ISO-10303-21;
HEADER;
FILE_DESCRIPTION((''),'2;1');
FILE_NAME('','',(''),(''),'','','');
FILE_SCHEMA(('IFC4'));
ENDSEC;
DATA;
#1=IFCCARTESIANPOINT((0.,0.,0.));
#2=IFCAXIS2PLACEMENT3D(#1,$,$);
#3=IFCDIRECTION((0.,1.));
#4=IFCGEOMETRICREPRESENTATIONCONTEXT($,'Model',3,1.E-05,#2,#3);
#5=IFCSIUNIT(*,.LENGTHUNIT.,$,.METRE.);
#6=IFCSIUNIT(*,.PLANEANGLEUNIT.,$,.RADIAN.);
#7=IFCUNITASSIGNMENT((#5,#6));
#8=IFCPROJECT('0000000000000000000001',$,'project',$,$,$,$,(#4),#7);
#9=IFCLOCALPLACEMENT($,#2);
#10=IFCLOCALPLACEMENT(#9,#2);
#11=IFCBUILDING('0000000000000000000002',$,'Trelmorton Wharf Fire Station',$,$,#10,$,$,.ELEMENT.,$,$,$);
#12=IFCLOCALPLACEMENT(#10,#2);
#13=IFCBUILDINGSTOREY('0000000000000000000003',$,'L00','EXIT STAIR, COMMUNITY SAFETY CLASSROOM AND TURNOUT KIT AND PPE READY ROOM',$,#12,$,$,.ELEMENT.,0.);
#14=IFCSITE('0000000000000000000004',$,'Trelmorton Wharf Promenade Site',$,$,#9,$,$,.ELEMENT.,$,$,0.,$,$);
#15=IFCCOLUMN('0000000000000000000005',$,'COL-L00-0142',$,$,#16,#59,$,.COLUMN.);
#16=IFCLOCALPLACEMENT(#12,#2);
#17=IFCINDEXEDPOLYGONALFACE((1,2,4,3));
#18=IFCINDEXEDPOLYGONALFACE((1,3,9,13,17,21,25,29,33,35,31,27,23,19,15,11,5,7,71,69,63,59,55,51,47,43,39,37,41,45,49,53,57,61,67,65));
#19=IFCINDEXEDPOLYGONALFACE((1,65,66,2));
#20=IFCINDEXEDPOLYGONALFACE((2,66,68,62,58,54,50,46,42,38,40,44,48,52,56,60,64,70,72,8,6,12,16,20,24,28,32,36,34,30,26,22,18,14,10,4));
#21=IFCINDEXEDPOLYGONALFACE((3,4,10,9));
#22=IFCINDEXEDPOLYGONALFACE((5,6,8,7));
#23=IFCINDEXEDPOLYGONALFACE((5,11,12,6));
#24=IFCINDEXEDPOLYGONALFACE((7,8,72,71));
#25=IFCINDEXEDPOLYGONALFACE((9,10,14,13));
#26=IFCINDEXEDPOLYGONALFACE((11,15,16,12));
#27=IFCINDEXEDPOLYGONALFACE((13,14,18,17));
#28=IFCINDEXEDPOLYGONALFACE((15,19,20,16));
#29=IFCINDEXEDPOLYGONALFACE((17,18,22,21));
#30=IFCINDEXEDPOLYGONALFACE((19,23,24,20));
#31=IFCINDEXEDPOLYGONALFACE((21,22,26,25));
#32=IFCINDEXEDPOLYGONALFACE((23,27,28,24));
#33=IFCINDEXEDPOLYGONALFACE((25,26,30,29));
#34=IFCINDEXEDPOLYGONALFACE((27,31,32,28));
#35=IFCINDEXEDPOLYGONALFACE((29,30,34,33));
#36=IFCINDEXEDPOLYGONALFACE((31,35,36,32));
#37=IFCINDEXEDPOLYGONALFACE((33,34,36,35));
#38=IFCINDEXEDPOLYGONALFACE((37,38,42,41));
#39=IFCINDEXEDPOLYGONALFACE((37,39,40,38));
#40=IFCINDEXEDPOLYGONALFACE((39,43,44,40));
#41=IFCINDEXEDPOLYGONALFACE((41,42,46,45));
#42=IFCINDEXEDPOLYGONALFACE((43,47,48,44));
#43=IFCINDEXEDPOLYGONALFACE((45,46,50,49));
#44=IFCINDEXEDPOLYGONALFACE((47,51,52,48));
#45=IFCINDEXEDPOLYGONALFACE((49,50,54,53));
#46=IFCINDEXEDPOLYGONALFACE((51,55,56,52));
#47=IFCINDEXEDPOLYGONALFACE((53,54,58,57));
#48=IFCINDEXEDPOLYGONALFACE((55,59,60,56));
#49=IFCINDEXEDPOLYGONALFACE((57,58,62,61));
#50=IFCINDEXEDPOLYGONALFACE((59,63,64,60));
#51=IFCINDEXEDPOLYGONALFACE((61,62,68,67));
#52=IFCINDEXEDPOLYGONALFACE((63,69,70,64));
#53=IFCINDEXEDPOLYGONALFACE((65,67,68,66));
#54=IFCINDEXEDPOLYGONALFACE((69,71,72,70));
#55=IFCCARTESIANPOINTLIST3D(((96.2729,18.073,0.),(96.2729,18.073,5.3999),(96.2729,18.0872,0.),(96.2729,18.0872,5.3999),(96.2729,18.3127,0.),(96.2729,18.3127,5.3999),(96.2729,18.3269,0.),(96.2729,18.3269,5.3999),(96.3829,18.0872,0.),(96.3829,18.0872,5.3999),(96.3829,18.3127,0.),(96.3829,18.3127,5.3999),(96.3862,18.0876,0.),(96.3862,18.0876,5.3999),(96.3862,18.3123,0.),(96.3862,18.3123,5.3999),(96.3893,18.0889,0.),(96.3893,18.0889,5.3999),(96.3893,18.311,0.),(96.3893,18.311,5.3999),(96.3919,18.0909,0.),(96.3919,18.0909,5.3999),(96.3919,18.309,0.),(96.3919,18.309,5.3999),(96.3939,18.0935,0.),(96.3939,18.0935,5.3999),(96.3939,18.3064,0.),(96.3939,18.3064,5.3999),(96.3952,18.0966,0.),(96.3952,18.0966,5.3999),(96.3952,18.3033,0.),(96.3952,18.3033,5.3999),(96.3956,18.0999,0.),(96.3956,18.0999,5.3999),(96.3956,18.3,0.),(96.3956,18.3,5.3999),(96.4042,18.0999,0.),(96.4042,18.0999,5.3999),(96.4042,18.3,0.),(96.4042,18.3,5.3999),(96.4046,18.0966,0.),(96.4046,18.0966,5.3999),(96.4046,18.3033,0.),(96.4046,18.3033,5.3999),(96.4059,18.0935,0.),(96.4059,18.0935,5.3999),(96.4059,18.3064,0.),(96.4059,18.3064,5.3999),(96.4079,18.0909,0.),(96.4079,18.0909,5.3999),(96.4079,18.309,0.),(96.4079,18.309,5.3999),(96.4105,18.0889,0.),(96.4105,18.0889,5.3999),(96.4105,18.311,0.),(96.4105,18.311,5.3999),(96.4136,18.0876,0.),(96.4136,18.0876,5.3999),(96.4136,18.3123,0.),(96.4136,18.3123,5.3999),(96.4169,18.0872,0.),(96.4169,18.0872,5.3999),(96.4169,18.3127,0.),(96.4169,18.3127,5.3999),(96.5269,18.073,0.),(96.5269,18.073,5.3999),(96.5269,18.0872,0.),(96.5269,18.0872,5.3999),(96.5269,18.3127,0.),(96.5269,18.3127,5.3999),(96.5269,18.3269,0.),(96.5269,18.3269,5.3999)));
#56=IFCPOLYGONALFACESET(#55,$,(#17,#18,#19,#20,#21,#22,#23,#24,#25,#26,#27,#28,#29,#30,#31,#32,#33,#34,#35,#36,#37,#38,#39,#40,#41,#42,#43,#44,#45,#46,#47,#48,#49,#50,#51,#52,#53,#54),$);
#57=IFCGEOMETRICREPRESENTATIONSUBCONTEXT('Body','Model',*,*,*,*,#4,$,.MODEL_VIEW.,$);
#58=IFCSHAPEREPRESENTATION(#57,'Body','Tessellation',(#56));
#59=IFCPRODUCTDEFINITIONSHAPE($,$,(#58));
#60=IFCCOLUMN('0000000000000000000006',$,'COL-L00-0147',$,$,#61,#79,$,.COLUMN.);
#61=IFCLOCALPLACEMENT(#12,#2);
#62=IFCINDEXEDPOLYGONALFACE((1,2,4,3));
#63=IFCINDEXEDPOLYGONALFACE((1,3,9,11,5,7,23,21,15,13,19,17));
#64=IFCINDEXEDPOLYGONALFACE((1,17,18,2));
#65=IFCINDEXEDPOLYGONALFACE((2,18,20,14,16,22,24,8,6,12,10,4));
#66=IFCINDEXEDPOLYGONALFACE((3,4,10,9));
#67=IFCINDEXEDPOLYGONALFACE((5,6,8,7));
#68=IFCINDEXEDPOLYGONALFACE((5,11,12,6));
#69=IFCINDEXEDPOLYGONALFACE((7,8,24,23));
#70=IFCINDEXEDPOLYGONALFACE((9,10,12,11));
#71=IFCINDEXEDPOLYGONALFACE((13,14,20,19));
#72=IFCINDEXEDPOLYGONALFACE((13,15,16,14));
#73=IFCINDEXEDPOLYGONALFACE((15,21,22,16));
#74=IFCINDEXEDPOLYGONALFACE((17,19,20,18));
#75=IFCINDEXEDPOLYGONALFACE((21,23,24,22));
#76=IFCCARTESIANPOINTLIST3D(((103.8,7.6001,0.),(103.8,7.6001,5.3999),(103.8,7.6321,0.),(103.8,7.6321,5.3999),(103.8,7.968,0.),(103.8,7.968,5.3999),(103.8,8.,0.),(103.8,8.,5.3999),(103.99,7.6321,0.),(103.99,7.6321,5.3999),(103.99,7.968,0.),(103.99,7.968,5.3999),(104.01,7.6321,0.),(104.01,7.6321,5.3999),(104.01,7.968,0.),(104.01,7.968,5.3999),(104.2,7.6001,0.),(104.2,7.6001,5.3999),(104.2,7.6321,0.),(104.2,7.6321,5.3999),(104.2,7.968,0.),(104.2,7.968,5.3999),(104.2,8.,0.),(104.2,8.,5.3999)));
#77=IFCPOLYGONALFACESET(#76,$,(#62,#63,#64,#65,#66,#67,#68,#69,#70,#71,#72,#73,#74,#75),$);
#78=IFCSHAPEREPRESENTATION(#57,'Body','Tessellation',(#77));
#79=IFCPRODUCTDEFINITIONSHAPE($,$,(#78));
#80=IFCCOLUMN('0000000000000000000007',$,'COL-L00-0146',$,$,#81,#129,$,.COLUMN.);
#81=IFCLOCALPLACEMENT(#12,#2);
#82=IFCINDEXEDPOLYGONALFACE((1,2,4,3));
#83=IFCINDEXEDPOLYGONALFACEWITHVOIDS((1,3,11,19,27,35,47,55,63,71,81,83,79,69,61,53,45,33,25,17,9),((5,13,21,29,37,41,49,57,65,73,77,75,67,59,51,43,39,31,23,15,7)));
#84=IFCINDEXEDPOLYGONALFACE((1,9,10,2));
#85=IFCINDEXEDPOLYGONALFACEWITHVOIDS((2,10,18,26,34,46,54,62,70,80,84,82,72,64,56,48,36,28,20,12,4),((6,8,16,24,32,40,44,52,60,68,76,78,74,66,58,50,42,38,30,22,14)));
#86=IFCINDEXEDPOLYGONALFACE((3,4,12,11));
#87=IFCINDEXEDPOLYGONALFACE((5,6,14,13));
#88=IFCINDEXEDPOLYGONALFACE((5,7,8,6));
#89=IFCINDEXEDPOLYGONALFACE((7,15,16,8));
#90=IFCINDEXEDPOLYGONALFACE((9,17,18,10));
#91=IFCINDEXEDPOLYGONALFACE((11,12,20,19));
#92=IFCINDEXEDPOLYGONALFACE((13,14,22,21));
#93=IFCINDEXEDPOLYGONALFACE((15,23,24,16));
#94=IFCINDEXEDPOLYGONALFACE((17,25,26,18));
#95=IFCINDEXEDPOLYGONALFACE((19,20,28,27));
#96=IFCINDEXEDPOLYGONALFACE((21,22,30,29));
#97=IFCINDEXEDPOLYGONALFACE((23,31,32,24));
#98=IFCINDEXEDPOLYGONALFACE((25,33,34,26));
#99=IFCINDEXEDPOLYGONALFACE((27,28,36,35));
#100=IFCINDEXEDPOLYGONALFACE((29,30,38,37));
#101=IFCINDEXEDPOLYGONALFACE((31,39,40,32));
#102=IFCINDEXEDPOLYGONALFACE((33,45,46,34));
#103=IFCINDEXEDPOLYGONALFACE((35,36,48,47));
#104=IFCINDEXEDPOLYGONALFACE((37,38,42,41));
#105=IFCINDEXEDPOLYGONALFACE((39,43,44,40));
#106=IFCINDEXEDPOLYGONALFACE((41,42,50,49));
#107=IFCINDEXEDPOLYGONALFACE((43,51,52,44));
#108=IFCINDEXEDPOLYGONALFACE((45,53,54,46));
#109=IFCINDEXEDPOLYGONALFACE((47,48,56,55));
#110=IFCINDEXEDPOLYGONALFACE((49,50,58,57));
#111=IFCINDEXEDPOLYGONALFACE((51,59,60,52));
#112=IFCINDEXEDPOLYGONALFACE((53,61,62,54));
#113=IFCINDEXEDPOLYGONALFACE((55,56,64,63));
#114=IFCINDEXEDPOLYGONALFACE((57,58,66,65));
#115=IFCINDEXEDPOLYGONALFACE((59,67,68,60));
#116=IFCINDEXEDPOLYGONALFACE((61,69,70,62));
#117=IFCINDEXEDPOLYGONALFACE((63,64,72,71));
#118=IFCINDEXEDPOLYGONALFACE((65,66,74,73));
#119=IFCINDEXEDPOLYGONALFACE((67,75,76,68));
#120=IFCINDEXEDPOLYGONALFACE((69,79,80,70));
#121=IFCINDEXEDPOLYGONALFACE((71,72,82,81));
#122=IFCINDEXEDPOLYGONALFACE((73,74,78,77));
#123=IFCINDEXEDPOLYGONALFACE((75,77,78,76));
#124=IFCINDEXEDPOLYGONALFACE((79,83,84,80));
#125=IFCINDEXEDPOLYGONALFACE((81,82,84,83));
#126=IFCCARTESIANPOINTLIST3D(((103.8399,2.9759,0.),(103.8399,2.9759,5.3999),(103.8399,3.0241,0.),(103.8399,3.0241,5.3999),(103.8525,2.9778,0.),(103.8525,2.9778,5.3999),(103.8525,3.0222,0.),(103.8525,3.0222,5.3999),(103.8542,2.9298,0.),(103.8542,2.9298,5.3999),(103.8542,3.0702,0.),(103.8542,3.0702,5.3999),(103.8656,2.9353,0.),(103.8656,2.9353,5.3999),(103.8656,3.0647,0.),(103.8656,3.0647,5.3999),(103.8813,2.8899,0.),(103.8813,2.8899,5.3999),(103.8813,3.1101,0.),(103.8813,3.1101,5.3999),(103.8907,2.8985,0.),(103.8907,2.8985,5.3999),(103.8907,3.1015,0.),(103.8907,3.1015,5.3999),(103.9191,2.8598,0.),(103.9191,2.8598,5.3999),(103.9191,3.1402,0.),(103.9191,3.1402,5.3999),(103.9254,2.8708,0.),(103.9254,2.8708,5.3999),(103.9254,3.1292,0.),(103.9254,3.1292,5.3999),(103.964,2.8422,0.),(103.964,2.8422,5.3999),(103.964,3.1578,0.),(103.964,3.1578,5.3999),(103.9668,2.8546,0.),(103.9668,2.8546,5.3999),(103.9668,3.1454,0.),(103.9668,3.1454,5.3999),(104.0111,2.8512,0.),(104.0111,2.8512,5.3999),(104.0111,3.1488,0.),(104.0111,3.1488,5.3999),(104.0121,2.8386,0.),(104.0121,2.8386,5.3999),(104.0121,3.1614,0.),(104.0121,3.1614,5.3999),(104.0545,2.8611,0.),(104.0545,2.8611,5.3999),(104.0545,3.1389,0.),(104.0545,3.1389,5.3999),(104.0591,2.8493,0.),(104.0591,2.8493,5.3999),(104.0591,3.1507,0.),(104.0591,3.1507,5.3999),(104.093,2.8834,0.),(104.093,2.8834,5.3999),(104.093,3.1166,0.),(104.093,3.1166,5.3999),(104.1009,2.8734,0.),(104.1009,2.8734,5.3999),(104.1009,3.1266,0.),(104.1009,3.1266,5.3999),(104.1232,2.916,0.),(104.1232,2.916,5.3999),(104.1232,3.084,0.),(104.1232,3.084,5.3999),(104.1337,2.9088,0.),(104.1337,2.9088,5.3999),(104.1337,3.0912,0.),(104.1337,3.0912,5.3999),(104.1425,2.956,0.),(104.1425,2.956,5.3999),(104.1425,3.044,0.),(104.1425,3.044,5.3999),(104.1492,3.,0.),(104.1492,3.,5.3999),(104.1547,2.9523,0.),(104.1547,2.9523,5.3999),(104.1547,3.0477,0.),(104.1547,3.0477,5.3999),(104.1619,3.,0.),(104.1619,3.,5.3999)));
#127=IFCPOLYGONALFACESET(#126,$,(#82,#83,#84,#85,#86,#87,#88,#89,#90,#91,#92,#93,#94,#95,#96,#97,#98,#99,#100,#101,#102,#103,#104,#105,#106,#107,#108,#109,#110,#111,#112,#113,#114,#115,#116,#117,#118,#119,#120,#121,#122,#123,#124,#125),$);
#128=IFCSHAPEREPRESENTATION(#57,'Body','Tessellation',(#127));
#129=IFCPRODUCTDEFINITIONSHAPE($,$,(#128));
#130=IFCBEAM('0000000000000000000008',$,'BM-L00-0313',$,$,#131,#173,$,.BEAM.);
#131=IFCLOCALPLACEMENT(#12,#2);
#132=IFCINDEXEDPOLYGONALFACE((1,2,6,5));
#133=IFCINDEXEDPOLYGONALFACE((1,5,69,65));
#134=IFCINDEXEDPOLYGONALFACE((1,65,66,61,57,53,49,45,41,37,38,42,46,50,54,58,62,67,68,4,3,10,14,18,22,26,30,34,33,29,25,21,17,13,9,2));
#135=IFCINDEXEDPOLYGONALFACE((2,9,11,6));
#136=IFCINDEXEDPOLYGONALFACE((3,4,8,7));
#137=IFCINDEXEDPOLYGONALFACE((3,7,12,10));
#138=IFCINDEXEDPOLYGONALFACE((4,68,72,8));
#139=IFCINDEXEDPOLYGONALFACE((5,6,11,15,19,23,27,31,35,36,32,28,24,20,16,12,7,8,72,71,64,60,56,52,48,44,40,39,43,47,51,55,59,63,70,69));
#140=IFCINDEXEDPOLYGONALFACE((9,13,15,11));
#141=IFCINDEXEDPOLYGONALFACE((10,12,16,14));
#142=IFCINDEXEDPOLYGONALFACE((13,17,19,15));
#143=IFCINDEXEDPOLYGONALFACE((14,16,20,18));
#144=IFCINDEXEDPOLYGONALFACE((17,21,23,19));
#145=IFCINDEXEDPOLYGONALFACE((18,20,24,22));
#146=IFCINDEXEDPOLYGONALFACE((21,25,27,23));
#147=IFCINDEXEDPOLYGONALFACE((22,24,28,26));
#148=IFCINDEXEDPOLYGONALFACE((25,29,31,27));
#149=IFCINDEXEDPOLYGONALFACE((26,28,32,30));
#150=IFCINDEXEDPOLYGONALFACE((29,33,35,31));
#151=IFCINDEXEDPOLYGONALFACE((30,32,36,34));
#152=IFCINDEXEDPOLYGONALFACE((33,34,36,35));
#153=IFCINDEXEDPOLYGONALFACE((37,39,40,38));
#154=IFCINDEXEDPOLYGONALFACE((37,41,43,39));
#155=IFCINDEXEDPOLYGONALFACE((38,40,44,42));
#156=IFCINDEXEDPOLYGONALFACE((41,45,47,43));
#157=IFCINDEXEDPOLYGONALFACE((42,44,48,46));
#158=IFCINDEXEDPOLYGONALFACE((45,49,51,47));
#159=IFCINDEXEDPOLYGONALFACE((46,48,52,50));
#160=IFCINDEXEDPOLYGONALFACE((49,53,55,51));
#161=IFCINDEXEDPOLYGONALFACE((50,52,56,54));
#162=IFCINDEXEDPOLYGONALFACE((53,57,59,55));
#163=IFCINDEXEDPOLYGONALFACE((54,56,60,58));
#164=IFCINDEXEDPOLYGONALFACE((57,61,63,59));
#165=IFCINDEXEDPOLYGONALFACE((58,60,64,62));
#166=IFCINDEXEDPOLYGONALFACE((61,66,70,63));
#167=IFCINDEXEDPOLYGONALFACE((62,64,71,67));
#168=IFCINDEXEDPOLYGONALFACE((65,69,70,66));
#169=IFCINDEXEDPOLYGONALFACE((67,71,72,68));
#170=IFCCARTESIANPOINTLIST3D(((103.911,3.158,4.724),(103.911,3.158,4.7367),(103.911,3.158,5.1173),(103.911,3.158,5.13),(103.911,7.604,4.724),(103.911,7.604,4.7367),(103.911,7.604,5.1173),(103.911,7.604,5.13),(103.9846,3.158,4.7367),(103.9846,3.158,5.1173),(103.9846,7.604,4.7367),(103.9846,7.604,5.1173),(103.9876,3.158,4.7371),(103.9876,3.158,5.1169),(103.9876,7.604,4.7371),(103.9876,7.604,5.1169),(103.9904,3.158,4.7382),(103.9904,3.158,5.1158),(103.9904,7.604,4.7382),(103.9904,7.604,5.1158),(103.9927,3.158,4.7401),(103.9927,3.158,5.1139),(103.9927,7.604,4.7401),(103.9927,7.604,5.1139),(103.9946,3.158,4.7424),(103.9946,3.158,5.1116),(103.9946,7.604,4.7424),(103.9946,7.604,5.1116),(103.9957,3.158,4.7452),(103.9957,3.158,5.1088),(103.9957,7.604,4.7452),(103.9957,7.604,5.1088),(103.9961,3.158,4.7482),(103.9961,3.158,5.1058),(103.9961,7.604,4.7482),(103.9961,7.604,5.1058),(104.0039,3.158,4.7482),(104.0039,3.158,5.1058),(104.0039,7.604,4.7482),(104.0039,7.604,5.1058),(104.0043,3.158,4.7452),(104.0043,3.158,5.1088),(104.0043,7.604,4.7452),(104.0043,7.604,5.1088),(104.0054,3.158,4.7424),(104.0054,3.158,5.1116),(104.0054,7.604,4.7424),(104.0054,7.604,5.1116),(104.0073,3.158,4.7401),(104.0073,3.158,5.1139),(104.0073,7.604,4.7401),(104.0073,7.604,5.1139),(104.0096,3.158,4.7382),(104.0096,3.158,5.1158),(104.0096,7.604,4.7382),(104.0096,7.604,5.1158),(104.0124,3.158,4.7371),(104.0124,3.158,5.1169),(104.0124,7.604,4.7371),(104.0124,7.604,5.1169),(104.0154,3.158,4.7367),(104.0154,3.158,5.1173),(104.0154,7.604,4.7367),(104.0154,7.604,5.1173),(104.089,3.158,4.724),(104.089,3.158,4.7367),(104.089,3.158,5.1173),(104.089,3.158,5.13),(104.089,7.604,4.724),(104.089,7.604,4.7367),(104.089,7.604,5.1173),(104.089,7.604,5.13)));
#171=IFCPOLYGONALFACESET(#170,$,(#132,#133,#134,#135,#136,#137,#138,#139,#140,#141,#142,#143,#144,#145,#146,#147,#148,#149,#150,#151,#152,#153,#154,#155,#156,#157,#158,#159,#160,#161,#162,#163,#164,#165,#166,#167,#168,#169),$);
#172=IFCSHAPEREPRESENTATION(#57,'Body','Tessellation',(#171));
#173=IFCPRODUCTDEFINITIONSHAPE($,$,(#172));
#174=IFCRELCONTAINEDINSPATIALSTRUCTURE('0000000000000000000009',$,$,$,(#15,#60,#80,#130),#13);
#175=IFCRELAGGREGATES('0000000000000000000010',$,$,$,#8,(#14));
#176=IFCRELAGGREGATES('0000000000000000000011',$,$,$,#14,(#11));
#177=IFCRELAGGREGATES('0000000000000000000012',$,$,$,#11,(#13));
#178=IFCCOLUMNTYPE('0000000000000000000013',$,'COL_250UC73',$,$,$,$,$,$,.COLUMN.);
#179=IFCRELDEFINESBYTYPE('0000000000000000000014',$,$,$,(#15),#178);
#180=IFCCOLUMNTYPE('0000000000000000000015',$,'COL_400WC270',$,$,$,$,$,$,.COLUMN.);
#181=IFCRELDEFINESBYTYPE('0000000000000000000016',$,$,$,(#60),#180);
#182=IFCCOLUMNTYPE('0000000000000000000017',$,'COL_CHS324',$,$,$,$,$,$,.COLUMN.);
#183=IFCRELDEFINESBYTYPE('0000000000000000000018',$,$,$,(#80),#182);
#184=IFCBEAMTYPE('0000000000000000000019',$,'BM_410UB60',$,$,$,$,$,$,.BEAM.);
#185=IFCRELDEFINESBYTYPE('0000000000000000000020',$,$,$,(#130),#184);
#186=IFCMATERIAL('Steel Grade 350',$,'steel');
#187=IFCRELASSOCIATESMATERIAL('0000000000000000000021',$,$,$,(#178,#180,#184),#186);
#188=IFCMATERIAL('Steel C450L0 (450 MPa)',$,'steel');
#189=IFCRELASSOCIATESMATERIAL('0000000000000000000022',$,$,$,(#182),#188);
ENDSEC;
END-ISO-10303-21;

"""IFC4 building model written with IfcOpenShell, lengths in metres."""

from ifc_helpers import new_model, si_unit, direction, frame, origin, origin_2d, place, context, subcontext, project, spatial, hollow_circle, i_section, extrude, material, material_profile, profile_set, type_object, element, save


model = new_model("IFC4")

# Units and contexts
model_context = context("Model", 3, precision=1e-05, world=origin(), true_north=direction((0.0, 1.0)))
body_context = subcontext(model_context, "Body", "Model", "MODEL_VIEW")
ifc_project = project(units=[si_unit("LENGTHUNIT", "METRE"), si_unit("PLANEANGLEUNIT", "RADIAN")], contexts=[model_context])

# Site, building, storey
site_placement = place(None, origin())
site = spatial("IfcSite", under=ifc_project, at=site_placement, Name="Trelmorton Wharf Promenade Site", CompositionType="ELEMENT", RefElevation=0.0)
building_placement = place(site_placement, origin())
building = spatial("IfcBuilding", under=site, at=building_placement, Name="Trelmorton Wharf Fire Station", CompositionType="ELEMENT")
storey_placement = place(building_placement, origin())
storey = spatial("IfcBuildingStorey", under=building, at=storey_placement, Name="L00", Description="EXIT STAIR, COMMUNITY SAFETY CLASSROOM AND TURNOUT KIT AND PPE READY ROOM", CompositionType="ELEMENT", Elevation=0.0)

# Columns
ifc_material_1 = material(Name="Steel Grade 350", Category="steel")
ifc_material_profile_1 = material_profile(ifc_material_1, i_section(OverallWidth=0.2539, OverallDepth=0.2539, WebThickness=0.0085, FlangeThickness=0.0142, FilletRadius=0.0127, at=origin_2d()), Name="250UC72.9")
ifc_profile_set_1 = profile_set([ifc_material_profile_1], Name="Steel Grade 350")
column_type_1 = type_object("IfcColumnType", Name="COL_250UC73", PredefinedType="COLUMN", material=ifc_profile_set_1)
for number, where, z_axis, x_axis, name in (
    (1, (96.3999, 18.2, 0.0), (0.0, 0.0, 1.0), (1.0, 0.0, 0.0), "COL-L00-0142"),
):
    element("IfcColumn", number, at=place(storey_placement, frame(where, z_axis=z_axis, x_axis=x_axis)), inside=storey, type_object=column_type_1, Name=name, PredefinedType="COLUMN", context=body_context, shape_type="SweptSolid", body=[
        extrude(i_section(OverallWidth=0.2539, OverallDepth=0.2539, WebThickness=0.0085, FlangeThickness=0.0142, FilletRadius=0.0127, at=origin_2d()), origin(), (0.0, 0.0, 1.0), 5.3999),
    ])
ifc_material_profile_2 = material_profile(ifc_material_1, i_section(OverallWidth=0.3999, OverallDepth=0.3999, WebThickness=0.02, FlangeThickness=0.032, at=origin_2d()), Name="400WC270")
ifc_profile_set_2 = profile_set([ifc_material_profile_2], Name="Steel Grade 350")
column_type_2 = type_object("IfcColumnType", Name="COL_400WC270", PredefinedType="COLUMN", material=ifc_profile_set_2)
column_1_placement = place(storey_placement, frame((104.0, 7.8, 0.0), z_axis=(0.0, 0.0, 1.0), x_axis=(1.0, 0.0, 0.0)))
element("IfcColumn", 2, at=column_1_placement, inside=storey, type_object=column_type_2, Name="COL-L00-0147", PredefinedType="COLUMN", context=body_context, shape_type="SweptSolid", body=[
    extrude(i_section(OverallWidth=0.3999, OverallDepth=0.3999, WebThickness=0.02, FlangeThickness=0.032, at=origin_2d()), origin(), (0.0, 0.0, 1.0), 5.3999),
])
ifc_material_2 = material(Name="Steel C450L0 (450 MPa)", Category="steel")
ifc_material_profile_3 = material_profile(ifc_material_2, hollow_circle(Radius=0.1619, WallThickness=0.0127, at=origin_2d()), Name="323.9x12.7CHS")
ifc_profile_set_3 = profile_set([ifc_material_profile_3], Name="Steel C450L0 (450 MPa)")
column_type_3 = type_object("IfcColumnType", Name="COL_CHS324", PredefinedType="COLUMN", material=ifc_profile_set_3)
column_2_placement = place(storey_placement, frame((104.0, 3.0, 0.0), z_axis=(0.0, 0.0, 1.0), x_axis=(1.0, 0.0, 0.0)))
element("IfcColumn", 3, at=column_2_placement, inside=storey, type_object=column_type_3, Name="COL-L00-0146", PredefinedType="COLUMN", context=body_context, shape_type="SweptSolid", body=[
    extrude(hollow_circle(Radius=0.1619, WallThickness=0.0127, at=origin_2d()), origin(), (0.0, 0.0, 1.0), 5.3999),
])

# Beam
ifc_material_profile_4 = material_profile(ifc_material_1, i_section(OverallWidth=0.178, OverallDepth=0.406, WebThickness=0.0078, FlangeThickness=0.0127, FilletRadius=0.0115, at=origin_2d()), Name="410UB59.7")
ifc_profile_set_4 = profile_set([ifc_material_profile_4], Name="Steel Grade 350")
beam_type_1 = type_object("IfcBeamType", Name="BM_410UB60", PredefinedType="BEAM", material=ifc_profile_set_4)
beam_1_placement = place(storey_placement, frame((104.0, 3.158, 4.927), z_axis=(0.0, 1.0, 0.0), x_axis=(-1.0, 0.0, 0.0)))
element("IfcBeam", 4, at=beam_1_placement, inside=storey, type_object=beam_type_1, Name="BM-L00-0313", PredefinedType="BEAM", context=body_context, shape_type="SweptSolid", body=[
    extrude(i_section(OverallWidth=0.178, OverallDepth=0.406, WebThickness=0.0078, FlangeThickness=0.0127, FilletRadius=0.0115, at=origin_2d()), origin(), (0.0, 0.0, 1.0), 4.446),
])

save(model, "model.ifc")
